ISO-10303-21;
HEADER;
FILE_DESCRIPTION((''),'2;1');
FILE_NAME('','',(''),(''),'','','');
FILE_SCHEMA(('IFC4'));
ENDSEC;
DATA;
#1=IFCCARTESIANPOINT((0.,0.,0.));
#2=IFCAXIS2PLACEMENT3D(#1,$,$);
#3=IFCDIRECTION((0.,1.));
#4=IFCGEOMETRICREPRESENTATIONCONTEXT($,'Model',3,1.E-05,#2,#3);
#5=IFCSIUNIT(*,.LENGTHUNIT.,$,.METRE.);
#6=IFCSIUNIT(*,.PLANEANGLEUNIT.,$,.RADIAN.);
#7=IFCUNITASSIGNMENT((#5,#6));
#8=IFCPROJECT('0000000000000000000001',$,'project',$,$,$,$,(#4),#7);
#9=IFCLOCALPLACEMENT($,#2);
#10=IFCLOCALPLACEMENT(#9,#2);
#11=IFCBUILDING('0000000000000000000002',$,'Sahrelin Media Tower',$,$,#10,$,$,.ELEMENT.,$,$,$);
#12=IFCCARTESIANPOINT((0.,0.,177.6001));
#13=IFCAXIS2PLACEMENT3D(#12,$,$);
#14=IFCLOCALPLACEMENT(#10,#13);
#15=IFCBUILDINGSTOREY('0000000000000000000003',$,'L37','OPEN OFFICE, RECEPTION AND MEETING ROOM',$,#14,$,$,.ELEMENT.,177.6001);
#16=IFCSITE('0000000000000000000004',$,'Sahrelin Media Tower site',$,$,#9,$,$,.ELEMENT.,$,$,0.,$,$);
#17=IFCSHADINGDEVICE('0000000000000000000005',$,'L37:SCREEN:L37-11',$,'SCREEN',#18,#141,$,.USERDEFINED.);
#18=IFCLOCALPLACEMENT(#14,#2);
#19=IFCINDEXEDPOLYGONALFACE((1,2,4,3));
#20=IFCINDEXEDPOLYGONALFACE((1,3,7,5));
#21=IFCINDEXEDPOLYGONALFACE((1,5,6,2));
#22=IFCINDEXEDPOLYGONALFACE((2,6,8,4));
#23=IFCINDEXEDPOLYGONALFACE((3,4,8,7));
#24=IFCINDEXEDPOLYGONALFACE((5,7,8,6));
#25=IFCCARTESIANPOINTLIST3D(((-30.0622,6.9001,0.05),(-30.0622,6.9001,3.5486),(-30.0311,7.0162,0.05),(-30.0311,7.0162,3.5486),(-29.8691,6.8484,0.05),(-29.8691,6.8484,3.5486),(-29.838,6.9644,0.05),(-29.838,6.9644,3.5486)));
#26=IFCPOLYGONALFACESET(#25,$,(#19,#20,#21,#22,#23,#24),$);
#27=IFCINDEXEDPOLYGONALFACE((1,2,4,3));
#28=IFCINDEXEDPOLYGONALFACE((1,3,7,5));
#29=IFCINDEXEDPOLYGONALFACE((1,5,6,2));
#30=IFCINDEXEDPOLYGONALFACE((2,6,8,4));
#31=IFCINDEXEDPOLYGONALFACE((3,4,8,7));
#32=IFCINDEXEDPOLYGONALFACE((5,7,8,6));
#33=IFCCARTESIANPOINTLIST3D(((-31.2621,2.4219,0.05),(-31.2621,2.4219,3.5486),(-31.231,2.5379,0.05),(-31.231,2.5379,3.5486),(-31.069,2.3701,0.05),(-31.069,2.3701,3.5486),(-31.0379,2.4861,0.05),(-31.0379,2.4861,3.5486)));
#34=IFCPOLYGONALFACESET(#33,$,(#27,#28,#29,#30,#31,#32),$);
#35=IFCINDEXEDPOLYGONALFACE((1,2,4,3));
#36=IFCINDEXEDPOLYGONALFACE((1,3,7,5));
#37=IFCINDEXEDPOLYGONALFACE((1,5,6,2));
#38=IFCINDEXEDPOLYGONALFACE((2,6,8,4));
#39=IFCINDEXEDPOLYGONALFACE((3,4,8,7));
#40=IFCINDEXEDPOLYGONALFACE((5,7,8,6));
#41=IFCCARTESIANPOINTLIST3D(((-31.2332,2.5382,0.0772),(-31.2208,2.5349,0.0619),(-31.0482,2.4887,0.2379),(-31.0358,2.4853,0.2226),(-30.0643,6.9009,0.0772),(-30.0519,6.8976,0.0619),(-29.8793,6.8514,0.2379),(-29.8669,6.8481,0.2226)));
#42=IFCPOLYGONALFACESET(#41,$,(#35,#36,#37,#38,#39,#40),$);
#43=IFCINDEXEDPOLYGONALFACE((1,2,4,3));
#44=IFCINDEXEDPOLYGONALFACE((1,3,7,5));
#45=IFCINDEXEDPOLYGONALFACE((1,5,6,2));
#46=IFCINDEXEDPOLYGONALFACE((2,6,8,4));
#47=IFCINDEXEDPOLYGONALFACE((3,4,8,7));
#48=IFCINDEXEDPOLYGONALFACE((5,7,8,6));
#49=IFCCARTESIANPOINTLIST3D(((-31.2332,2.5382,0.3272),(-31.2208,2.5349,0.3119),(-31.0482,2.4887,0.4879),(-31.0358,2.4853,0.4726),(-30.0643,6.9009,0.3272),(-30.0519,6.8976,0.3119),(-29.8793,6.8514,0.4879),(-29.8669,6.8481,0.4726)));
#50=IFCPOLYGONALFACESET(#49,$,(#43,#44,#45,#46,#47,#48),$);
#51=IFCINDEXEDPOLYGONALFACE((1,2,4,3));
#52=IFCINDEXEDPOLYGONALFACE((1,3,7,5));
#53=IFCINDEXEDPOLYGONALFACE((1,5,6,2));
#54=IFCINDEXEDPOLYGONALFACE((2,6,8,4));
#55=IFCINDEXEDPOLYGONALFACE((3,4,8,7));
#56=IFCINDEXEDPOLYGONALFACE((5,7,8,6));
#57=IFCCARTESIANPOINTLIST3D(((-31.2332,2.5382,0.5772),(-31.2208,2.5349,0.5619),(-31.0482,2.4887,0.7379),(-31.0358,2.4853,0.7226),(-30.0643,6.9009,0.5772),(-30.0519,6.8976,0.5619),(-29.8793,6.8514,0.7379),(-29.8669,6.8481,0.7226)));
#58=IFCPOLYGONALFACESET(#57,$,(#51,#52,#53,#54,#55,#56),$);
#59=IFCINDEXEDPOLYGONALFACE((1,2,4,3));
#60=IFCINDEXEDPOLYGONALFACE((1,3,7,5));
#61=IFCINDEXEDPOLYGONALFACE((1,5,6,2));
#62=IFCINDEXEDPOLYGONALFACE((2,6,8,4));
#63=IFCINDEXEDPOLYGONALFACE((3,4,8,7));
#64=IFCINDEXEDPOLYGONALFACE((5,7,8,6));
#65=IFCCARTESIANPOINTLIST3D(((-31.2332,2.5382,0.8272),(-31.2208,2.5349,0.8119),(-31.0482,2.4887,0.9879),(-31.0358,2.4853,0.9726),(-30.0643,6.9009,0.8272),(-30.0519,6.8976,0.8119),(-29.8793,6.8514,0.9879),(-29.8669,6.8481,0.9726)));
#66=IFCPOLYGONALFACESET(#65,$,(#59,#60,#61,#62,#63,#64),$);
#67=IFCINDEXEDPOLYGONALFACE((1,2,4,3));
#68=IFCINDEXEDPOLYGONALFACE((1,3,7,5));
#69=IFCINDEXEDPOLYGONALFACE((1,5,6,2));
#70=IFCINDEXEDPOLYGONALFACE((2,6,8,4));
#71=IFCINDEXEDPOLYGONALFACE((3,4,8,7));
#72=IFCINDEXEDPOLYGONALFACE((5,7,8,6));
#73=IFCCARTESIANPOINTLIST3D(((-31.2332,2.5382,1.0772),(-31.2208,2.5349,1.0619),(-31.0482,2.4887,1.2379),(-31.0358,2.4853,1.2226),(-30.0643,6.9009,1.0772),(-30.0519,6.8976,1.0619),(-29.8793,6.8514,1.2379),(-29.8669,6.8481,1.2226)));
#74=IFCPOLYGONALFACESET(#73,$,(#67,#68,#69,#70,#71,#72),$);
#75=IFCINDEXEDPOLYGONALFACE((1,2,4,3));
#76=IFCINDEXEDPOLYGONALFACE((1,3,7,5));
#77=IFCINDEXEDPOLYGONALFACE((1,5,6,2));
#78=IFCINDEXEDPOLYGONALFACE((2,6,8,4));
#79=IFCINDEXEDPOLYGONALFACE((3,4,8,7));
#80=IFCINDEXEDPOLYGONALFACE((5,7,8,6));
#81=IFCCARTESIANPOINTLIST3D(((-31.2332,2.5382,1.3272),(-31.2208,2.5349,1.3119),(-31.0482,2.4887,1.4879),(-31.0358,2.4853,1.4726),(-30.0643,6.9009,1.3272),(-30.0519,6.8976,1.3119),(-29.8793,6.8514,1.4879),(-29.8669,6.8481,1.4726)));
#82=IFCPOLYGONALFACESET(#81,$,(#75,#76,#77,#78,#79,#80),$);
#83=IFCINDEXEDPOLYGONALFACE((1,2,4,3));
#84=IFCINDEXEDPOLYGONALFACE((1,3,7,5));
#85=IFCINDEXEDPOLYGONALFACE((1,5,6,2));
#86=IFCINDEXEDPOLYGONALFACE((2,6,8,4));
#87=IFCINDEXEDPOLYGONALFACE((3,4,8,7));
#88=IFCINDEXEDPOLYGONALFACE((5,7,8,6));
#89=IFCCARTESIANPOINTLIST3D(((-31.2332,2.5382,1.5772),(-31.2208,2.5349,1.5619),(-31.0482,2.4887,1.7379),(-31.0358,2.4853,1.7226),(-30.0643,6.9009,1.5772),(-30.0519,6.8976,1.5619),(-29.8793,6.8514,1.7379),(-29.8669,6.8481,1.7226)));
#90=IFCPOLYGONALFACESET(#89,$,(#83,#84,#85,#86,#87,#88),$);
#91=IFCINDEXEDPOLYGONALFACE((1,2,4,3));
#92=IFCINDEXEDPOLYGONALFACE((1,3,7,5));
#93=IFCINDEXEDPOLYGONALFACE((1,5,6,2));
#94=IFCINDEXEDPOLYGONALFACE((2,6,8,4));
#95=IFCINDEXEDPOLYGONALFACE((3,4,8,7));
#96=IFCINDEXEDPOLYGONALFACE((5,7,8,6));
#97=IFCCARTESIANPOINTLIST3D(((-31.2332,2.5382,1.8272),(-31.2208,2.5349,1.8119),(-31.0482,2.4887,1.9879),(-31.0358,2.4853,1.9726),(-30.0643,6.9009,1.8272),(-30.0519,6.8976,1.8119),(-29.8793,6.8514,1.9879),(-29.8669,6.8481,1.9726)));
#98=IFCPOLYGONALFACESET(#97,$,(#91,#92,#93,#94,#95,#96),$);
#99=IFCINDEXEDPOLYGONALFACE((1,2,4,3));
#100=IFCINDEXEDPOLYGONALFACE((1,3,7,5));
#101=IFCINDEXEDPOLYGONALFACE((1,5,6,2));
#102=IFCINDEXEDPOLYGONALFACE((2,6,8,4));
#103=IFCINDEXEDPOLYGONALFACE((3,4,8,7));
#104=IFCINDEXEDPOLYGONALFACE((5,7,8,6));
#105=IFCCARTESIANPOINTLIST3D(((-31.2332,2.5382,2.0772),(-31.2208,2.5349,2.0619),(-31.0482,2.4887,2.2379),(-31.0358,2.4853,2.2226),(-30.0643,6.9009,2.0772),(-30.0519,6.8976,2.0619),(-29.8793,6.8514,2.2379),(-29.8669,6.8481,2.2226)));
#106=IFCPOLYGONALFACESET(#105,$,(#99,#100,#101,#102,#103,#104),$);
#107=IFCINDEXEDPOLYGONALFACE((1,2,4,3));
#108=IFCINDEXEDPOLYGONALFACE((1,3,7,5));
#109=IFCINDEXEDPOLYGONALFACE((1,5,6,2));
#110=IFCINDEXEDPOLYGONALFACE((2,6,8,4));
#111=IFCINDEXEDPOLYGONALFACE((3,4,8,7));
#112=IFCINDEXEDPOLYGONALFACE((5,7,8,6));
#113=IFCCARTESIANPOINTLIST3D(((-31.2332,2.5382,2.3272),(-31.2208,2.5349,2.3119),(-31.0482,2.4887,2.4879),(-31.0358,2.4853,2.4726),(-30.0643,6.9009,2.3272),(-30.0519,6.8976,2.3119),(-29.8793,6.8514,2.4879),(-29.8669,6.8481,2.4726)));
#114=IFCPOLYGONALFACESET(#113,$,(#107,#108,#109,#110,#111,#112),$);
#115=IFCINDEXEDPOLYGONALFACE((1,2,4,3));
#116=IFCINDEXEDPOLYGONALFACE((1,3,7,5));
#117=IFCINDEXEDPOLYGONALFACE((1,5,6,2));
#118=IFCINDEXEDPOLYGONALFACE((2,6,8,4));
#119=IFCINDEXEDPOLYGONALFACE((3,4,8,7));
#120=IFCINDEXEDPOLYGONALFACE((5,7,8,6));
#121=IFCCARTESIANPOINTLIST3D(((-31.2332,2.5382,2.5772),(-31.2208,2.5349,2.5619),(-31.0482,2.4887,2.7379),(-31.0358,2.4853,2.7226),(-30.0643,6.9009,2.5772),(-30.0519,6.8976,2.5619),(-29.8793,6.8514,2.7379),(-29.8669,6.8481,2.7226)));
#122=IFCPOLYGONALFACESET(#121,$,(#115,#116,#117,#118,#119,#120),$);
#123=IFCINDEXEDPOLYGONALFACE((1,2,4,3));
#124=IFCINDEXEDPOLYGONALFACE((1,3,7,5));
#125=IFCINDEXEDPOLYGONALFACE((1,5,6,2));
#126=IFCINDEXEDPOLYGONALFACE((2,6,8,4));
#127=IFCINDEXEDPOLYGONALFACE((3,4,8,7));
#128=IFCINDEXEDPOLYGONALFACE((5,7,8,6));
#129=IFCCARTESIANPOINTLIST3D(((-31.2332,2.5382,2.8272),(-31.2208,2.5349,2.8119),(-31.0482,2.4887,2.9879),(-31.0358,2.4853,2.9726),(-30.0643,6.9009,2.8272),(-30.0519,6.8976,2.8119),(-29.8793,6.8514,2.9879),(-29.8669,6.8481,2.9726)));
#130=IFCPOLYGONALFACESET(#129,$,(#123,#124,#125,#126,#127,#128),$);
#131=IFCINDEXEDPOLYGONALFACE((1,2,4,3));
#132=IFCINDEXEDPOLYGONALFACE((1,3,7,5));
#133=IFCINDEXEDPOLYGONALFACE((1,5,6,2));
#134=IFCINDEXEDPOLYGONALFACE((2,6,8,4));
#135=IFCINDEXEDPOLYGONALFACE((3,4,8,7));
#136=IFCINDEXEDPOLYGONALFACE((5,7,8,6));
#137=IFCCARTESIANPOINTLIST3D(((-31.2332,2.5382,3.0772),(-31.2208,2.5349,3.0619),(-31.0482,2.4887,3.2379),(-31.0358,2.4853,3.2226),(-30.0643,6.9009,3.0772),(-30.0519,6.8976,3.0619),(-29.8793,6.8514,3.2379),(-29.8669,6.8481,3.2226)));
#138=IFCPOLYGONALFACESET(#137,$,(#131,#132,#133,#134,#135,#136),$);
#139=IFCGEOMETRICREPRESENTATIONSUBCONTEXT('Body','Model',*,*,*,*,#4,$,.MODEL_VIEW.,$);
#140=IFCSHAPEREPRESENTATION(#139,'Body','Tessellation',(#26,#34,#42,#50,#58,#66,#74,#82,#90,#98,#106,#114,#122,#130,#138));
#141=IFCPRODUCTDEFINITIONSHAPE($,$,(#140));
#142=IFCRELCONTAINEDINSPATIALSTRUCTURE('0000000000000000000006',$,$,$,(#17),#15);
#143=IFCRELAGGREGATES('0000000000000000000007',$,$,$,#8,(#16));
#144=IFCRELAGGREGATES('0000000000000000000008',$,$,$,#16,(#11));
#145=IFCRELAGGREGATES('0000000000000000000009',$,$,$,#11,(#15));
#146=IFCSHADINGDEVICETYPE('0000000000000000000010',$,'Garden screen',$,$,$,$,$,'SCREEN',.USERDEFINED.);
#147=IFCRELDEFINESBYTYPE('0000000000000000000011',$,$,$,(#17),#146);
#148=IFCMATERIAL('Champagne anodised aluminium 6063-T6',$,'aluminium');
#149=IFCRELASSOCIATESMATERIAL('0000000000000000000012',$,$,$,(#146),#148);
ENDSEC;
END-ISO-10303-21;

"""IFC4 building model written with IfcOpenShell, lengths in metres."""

from ifc_helpers import new_model, si_unit, direction, frame, origin, origin_2d, place, context, subcontext, project, spatial, rectangle, extrude, material, type_object, element, save


model = new_model("IFC4")

# Units and contexts
model_context = context("Model", 3, precision=1e-05, world=origin(), true_north=direction((0.0, 1.0)))
body_context = subcontext(model_context, "Body", "Model", "MODEL_VIEW")
ifc_project = project(units=[si_unit("LENGTHUNIT", "METRE"), si_unit("PLANEANGLEUNIT", "RADIAN")], contexts=[model_context])

# Site, building, storey
site_placement = place(None, origin())
site = spatial("IfcSite", under=ifc_project, at=site_placement, Name="Sahrelin Media Tower site", CompositionType="ELEMENT", RefElevation=0.0)
building_placement = place(site_placement, origin())
building = spatial("IfcBuilding", under=site, at=building_placement, Name="Sahrelin Media Tower", CompositionType="ELEMENT")
storey_placement = place(building_placement, frame((0.0, 0.0, 177.6001)))
storey = spatial("IfcBuildingStorey", under=building, at=storey_placement, Name="L37", Description="OPEN OFFICE, RECEPTION AND MEETING ROOM", CompositionType="ELEMENT", Elevation=177.6001)

# Shared definitions
ifc_material_1 = material(Name="Champagne anodised aluminium 6063-T6", Category="aluminium")

# Shading device
shading_device_type_1 = type_object("IfcShadingDeviceType", Name="Garden screen", ElementType="SCREEN", PredefinedType="USERDEFINED", material=ifc_material_1)
shading_device_1_placement = place(storey_placement, frame((-30.4534, 4.6672, 0.0), z_axis=(0.0, 0.0, 1.0), x_axis=(0.258808, 0.965929, 0.0)))
element("IfcShadingDevice", 1, at=shading_device_1_placement, inside=storey, type_object=shading_device_type_1, Name="L37:SCREEN:L37-11", ObjectType="SCREEN", PredefinedType="USERDEFINED", context=body_context, shape_type="SweptSolid", body=[
    extrude(rectangle(XDim=0.1201, YDim=0.2, at=origin_2d()), frame((2.3181, 0.1001, 0.05), z_axis=(0.0, 0.0, 1.0), x_axis=(1.0, 0.0, 0.0)), (0.0, 0.0, 1.0), 3.4985),
    extrude(rectangle(XDim=0.1201, YDim=0.2, at=origin_2d()), frame((-2.3181, 0.1001, 0.05), z_axis=(0.0, 0.0, 1.0), x_axis=(1.0, 0.0, 0.0)), (0.0, 0.0, 1.0), 3.4985),
    extrude(rectangle(XDim=0.25, YDim=0.02, at=origin_2d()), frame((2.2583, 0.1001, 0.1499), z_axis=(-1.0, 0.0, 0.0), x_axis=(0.0, -0.766044, 0.642788)), (0.0, 0.0, 1.0), 4.5166),
    extrude(rectangle(XDim=0.25, YDim=0.02, at=origin_2d()), frame((2.2583, 0.1001, 0.3999), z_axis=(-1.0, 0.0, 0.0), x_axis=(0.0, -0.766044, 0.642788)), (0.0, 0.0, 1.0), 4.5166),
    extrude(rectangle(XDim=0.25, YDim=0.02, at=origin_2d()), frame((2.2583, 0.1001, 0.6499), z_axis=(-1.0, 0.0, 0.0), x_axis=(0.0, -0.766044, 0.642788)), (0.0, 0.0, 1.0), 4.5166),
    extrude(rectangle(XDim=0.25, YDim=0.02, at=origin_2d()), frame((2.2583, 0.1001, 0.8999), z_axis=(-1.0, 0.0, 0.0), x_axis=(0.0, -0.766044, 0.642788)), (0.0, 0.0, 1.0), 4.5166),
    extrude(rectangle(XDim=0.25, YDim=0.02, at=origin_2d()), frame((2.2583, 0.1001, 1.1499), z_axis=(-1.0, 0.0, 0.0), x_axis=(0.0, -0.766044, 0.642788)), (0.0, 0.0, 1.0), 4.5166),
    extrude(rectangle(XDim=0.25, YDim=0.02, at=origin_2d()), frame((2.2583, 0.1001, 1.3999), z_axis=(-1.0, 0.0, 0.0), x_axis=(0.0, -0.766044, 0.642788)), (0.0, 0.0, 1.0), 4.5166),
    extrude(rectangle(XDim=0.25, YDim=0.02, at=origin_2d()), frame((2.2583, 0.1001, 1.6499), z_axis=(-1.0, 0.0, 0.0), x_axis=(0.0, -0.766044, 0.642788)), (0.0, 0.0, 1.0), 4.5166),
    extrude(rectangle(XDim=0.25, YDim=0.02, at=origin_2d()), frame((2.2583, 0.1001, 1.8999), z_axis=(-1.0, 0.0, 0.0), x_axis=(0.0, -0.766044, 0.642788)), (0.0, 0.0, 1.0), 4.5166),
    extrude(rectangle(XDim=0.25, YDim=0.02, at=origin_2d()), frame((2.2583, 0.1001, 2.1499), z_axis=(-1.0, 0.0, 0.0), x_axis=(0.0, -0.766044, 0.642788)), (0.0, 0.0, 1.0), 4.5166),
    extrude(rectangle(XDim=0.25, YDim=0.02, at=origin_2d()), frame((2.2583, 0.1001, 2.3999), z_axis=(-1.0, 0.0, 0.0), x_axis=(0.0, -0.766044, 0.642788)), (0.0, 0.0, 1.0), 4.5166),
    extrude(rectangle(XDim=0.25, YDim=0.02, at=origin_2d()), frame((2.2583, 0.1001, 2.6499), z_axis=(-1.0, 0.0, 0.0), x_axis=(0.0, -0.766044, 0.642788)), (0.0, 0.0, 1.0), 4.5166),
    extrude(rectangle(XDim=0.25, YDim=0.02, at=origin_2d()), frame((2.2583, 0.1001, 2.8999), z_axis=(-1.0, 0.0, 0.0), x_axis=(0.0, -0.766044, 0.642788)), (0.0, 0.0, 1.0), 4.5166),
    extrude(rectangle(XDim=0.25, YDim=0.02, at=origin_2d()), frame((2.2583, 0.1001, 3.1499), z_axis=(-1.0, 0.0, 0.0), x_axis=(0.0, -0.766044, 0.642788)), (0.0, 0.0, 1.0), 4.5166),
])

save(model, "model.ifc")
